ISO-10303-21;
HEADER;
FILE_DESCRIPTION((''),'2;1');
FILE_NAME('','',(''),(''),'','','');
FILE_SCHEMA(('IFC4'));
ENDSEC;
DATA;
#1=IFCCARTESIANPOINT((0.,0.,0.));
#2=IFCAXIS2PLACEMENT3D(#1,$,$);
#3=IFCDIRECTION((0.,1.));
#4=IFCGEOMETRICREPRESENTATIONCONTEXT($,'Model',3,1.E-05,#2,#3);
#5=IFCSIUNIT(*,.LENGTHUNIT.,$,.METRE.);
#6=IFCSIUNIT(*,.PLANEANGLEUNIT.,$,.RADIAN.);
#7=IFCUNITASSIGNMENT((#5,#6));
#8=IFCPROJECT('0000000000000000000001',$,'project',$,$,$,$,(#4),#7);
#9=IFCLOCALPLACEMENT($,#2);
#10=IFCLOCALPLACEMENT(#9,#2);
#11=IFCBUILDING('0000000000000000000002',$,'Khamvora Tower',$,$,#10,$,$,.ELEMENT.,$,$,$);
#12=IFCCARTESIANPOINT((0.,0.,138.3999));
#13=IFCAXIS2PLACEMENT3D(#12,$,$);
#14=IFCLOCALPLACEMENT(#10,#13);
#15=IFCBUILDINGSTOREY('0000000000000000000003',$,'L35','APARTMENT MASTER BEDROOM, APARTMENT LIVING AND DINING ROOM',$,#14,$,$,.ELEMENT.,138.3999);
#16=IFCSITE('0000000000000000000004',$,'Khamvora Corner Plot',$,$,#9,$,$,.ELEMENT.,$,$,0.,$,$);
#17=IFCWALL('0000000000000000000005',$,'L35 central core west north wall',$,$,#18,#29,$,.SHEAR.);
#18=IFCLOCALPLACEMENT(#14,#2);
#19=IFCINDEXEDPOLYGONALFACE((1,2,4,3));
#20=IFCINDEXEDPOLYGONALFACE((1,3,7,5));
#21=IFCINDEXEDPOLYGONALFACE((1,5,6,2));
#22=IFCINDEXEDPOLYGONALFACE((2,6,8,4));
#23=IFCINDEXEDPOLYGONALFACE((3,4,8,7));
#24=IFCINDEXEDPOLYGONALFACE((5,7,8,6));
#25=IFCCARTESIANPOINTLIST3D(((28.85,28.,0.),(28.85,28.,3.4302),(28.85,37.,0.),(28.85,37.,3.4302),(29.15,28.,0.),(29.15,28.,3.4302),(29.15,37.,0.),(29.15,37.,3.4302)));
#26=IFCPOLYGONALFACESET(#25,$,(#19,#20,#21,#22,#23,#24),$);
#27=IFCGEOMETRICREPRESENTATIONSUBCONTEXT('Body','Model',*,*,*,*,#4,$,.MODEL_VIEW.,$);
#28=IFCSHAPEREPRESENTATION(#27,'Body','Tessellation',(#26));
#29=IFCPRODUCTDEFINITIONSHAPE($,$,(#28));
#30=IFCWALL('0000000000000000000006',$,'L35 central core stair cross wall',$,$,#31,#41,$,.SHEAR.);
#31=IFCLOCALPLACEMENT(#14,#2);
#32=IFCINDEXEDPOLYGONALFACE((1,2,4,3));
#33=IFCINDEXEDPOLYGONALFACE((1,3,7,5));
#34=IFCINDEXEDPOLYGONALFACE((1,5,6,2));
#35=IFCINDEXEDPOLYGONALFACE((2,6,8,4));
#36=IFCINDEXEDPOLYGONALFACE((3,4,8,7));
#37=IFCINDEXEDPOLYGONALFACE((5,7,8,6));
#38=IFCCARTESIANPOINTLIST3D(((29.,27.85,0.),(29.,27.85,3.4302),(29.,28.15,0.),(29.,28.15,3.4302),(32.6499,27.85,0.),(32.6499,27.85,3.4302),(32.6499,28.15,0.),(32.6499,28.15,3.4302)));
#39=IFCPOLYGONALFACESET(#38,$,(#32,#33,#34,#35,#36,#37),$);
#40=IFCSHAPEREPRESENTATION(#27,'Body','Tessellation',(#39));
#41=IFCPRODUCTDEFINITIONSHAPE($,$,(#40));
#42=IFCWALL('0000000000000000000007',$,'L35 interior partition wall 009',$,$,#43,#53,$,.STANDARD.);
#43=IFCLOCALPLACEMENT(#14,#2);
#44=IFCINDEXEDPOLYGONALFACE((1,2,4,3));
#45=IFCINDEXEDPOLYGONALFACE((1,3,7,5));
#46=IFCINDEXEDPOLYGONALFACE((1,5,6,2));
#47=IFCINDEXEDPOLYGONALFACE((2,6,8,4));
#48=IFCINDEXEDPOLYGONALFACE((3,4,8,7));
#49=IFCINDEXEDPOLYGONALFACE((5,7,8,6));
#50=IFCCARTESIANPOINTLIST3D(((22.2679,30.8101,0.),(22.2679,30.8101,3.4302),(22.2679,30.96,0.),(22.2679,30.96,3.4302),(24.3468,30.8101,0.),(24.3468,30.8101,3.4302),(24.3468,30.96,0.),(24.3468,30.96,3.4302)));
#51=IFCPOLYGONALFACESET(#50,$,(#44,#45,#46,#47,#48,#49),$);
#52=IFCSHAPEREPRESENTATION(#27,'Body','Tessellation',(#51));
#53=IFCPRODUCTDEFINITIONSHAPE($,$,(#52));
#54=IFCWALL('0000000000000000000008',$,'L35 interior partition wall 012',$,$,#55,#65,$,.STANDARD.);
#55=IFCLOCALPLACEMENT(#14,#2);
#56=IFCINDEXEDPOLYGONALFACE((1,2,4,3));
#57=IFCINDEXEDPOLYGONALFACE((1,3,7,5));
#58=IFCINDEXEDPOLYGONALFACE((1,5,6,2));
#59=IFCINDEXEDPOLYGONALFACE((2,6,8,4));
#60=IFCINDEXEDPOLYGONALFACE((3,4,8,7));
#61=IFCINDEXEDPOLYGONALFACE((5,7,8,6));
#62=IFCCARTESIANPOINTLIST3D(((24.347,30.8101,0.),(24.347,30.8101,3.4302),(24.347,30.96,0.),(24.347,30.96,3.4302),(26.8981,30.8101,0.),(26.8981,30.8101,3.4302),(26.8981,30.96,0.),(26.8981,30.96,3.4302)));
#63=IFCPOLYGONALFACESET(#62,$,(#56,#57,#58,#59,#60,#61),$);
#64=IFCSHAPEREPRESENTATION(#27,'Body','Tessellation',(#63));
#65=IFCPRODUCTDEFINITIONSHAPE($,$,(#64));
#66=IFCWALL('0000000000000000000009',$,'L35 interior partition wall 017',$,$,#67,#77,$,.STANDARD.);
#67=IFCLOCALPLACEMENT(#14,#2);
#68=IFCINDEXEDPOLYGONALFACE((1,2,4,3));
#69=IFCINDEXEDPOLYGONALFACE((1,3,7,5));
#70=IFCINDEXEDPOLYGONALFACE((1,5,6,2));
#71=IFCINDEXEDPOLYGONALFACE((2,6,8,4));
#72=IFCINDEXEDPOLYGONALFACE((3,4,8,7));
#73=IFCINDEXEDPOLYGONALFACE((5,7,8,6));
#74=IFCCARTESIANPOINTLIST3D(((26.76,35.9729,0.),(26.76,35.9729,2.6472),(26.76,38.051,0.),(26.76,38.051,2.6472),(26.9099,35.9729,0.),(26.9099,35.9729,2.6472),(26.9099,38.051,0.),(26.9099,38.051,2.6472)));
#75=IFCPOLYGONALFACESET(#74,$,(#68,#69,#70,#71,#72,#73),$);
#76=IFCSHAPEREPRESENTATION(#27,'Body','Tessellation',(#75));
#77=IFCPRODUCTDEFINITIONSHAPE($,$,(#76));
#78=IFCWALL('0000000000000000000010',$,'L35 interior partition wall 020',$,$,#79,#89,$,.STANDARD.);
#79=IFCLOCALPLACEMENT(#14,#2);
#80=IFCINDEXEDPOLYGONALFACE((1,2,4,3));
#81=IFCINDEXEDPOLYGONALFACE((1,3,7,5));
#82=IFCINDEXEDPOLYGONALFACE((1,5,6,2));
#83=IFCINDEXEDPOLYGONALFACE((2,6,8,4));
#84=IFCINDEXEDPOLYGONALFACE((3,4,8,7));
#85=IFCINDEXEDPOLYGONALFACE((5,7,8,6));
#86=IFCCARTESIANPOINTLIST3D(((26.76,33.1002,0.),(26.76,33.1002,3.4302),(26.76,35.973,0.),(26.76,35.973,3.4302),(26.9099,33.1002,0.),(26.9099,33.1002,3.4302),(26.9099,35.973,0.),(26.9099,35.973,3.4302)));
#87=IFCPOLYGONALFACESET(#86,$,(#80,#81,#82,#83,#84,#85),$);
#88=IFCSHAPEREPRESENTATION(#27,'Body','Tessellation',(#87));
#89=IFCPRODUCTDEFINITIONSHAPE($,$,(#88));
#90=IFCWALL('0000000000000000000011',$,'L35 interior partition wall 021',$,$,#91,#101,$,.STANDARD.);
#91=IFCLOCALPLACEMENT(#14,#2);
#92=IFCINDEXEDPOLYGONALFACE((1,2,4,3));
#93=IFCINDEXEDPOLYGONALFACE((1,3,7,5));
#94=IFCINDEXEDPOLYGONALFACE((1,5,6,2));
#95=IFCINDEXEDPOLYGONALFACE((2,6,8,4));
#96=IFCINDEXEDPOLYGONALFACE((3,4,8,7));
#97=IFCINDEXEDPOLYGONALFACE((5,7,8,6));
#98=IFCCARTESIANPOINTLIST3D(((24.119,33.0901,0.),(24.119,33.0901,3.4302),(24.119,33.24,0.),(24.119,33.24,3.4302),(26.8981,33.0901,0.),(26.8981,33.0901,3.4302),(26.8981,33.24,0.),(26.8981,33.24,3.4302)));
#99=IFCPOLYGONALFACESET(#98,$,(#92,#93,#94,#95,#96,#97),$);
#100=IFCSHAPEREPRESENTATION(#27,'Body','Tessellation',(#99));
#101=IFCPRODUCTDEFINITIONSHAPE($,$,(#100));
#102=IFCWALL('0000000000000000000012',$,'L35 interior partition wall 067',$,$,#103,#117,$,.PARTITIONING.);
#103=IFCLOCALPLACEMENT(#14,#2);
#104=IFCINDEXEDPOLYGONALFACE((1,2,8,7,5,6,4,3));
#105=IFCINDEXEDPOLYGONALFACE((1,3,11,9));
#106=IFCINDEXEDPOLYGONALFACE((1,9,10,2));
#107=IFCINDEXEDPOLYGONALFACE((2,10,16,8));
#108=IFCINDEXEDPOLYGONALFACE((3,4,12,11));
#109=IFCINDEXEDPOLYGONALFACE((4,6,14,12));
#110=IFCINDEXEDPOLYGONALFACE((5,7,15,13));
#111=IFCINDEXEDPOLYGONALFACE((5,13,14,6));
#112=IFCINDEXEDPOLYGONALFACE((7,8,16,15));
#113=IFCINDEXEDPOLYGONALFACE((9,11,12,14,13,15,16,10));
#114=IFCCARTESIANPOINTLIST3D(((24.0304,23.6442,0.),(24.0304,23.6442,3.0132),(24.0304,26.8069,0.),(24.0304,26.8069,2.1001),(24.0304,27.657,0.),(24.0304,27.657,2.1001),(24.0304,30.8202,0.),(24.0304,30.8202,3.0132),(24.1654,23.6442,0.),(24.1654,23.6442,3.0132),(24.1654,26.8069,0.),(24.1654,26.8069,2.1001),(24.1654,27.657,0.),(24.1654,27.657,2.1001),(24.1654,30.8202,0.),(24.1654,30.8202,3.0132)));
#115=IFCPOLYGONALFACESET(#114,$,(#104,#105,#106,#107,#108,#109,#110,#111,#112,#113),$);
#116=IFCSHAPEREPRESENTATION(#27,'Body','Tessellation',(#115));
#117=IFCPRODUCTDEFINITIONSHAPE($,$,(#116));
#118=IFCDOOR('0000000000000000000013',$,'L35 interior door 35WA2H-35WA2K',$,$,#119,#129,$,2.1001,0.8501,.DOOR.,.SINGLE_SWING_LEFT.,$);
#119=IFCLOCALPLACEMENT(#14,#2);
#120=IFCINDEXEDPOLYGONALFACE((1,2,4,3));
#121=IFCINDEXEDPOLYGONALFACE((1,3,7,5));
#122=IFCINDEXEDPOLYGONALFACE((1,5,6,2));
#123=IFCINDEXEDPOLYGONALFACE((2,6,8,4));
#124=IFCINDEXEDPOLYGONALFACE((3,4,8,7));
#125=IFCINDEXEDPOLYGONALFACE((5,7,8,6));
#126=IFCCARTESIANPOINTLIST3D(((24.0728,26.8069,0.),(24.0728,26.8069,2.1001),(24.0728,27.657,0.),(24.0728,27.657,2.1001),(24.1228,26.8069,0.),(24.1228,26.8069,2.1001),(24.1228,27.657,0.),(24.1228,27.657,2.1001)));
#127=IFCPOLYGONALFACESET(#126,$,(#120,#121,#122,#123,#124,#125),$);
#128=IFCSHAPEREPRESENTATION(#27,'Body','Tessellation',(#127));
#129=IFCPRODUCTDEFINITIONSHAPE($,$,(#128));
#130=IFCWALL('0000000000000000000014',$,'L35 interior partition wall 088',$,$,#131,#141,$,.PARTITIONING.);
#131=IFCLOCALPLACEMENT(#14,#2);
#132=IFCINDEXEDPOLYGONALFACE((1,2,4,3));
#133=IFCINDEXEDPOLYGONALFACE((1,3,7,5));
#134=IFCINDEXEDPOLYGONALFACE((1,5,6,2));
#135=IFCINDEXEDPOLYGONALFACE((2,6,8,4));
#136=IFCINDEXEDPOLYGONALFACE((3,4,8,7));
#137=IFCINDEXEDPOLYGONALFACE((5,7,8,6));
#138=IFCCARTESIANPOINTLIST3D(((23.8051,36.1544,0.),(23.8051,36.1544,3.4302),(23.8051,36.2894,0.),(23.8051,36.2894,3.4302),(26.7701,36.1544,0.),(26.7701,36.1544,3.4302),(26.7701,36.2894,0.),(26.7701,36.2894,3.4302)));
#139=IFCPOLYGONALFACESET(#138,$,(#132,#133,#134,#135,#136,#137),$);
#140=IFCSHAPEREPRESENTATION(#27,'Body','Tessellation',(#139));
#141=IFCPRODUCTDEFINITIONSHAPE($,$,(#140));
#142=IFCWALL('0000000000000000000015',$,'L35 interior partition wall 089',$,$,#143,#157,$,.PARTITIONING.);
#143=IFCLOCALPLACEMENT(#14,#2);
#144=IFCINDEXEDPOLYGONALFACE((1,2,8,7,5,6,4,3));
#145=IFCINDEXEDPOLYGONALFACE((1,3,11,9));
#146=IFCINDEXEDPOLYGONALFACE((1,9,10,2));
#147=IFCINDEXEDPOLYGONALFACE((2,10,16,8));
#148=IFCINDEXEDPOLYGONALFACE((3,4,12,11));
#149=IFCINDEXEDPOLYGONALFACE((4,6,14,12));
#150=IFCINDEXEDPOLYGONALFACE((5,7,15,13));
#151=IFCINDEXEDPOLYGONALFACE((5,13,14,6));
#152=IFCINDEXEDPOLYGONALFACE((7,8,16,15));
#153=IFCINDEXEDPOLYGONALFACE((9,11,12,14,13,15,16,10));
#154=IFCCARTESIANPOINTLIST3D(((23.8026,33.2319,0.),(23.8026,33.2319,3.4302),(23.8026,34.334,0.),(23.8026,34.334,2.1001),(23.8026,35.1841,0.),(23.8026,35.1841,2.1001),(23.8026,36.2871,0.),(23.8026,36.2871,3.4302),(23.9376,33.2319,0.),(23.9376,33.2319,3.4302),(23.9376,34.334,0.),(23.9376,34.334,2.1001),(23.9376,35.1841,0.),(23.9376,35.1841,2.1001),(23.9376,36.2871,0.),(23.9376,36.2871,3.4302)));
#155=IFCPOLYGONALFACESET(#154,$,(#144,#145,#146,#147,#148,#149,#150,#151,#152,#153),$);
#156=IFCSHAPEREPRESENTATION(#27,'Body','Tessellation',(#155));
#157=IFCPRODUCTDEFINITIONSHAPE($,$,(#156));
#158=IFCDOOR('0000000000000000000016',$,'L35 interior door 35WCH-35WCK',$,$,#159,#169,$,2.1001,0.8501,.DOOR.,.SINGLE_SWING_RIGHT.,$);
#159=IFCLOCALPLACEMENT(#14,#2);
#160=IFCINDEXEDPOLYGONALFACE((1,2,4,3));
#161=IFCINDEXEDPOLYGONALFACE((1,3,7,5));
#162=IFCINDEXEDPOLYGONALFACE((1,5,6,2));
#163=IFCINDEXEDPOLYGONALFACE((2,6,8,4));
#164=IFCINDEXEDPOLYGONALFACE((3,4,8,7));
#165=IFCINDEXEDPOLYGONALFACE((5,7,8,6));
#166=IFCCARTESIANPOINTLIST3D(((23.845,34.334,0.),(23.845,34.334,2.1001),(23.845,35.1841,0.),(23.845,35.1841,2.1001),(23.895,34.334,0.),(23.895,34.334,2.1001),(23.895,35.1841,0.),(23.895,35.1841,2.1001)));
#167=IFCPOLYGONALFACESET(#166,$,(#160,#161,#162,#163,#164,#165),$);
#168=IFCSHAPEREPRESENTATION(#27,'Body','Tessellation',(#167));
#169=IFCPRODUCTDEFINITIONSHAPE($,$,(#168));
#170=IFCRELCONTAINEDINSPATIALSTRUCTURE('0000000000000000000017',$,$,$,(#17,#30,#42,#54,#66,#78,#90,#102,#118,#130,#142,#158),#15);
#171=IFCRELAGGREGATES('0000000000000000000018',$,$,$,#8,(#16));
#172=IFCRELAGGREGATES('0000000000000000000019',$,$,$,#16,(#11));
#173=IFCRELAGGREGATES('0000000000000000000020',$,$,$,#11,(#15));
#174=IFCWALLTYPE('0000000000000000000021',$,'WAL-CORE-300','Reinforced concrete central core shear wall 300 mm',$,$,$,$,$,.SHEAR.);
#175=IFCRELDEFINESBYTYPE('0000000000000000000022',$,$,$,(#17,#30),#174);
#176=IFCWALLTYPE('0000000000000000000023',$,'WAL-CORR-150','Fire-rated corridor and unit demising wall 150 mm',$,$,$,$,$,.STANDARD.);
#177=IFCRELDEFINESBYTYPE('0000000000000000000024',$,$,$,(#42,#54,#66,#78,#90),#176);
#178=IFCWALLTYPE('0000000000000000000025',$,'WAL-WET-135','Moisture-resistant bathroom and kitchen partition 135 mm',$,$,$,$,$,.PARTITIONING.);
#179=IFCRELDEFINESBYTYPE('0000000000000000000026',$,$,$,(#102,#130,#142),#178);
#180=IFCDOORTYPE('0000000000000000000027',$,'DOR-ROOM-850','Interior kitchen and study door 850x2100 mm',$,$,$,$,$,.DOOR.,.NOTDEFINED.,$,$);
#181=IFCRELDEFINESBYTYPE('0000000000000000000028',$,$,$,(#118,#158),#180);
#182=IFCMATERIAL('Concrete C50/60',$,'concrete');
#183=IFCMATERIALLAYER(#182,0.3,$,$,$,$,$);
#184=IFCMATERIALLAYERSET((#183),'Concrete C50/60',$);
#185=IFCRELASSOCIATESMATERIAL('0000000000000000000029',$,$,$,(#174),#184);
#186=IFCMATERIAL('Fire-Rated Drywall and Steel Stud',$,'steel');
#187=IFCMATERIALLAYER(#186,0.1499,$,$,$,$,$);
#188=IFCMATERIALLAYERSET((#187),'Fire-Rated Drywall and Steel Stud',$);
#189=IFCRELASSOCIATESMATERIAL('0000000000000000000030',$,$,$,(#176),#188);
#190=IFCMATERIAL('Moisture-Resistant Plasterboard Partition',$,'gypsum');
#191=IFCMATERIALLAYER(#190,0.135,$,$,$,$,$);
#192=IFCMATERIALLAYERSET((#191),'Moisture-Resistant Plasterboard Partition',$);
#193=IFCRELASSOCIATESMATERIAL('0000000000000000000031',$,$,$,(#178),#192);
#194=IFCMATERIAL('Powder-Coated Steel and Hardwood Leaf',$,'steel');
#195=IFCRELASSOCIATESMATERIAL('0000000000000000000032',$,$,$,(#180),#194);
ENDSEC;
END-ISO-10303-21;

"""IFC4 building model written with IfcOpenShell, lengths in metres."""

from ifc_helpers import new_model, si_unit, direction, frame, frame_2d, origin, place, context, subcontext, project, spatial, rectangle, extrude, material, layer, layer_set, type_object, element, fill, save


model = new_model("IFC4")

# Units and contexts
model_context = context("Model", 3, precision=1e-05, world=origin(), true_north=direction((0.0, 1.0)))
body_context = subcontext(model_context, "Body", "Model", "MODEL_VIEW")
ifc_project = project(units=[si_unit("LENGTHUNIT", "METRE"), si_unit("PLANEANGLEUNIT", "RADIAN")], contexts=[model_context])

# Site, building, storey
site_placement = place(None, origin())
site = spatial("IfcSite", under=ifc_project, at=site_placement, Name="Khamvora Corner Plot", CompositionType="ELEMENT", RefElevation=0.0)
building_placement = place(site_placement, origin())
building = spatial("IfcBuilding", under=site, at=building_placement, Name="Khamvora Tower", CompositionType="ELEMENT")
storey_placement = place(building_placement, frame((0.0, 0.0, 138.3999)))
storey = spatial("IfcBuildingStorey", under=building, at=storey_placement, Name="L35", Description="APARTMENT MASTER BEDROOM, APARTMENT LIVING AND DINING ROOM", CompositionType="ELEMENT", Elevation=138.3999)

# Walls
ifc_material_1 = material(Name="Concrete C50/60", Category="concrete")
ifc_layer_1 = layer(ifc_material_1, 0.3)
ifc_layer_set_1 = layer_set([ifc_layer_1], Name="Concrete C50/60")
wall_type_1 = type_object("IfcWallType", Name="WAL-CORE-300", Description="Reinforced concrete central core shear wall 300 mm", PredefinedType="SHEAR", material=ifc_layer_set_1)
wall_1_placement = place(storey_placement, frame((29.0, 28.0, 0.0), z_axis=(0.0, 0.0, 1.0), x_axis=(0.0, 1.0, 0.0)))
element("IfcWall", 1, at=wall_1_placement, inside=storey, type_object=wall_type_1, Name="L35 central core west north wall", PredefinedType="SHEAR", context=body_context, shape_type="SweptSolid", body=[
    extrude(rectangle(XDim=9.0, YDim=0.3, at=frame_2d((4.5, 0.0))), origin(), (0.0, 0.0, 1.0), 3.4302),
])
wall_2_placement = place(storey_placement, frame((29.0, 28.0, 0.0), z_axis=(0.0, 0.0, 1.0), x_axis=(1.0, 0.0, 0.0)))
element("IfcWall", 2, at=wall_2_placement, inside=storey, type_object=wall_type_1, Name="L35 central core stair cross wall", PredefinedType="SHEAR", context=body_context, shape_type="SweptSolid", body=[
    extrude(rectangle(XDim=3.6499, YDim=0.3, at=frame_2d((1.825, 0.0))), origin(), (0.0, 0.0, 1.0), 3.4302),
])
ifc_material_2 = material(Name="Fire-Rated Drywall and Steel Stud", Category="steel")
ifc_layer_2 = layer(ifc_material_2, 0.1499)
ifc_layer_set_2 = layer_set([ifc_layer_2], Name="Fire-Rated Drywall and Steel Stud")
wall_type_2 = type_object("IfcWallType", Name="WAL-CORR-150", Description="Fire-rated corridor and unit demising wall 150 mm", PredefinedType="STANDARD", material=ifc_layer_set_2)
wall_3_placement = place(storey_placement, frame((24.3469, 30.885, 0.0), z_axis=(0.0, 0.0, 1.0), x_axis=(-1.0, 0.0, 0.0)))
element("IfcWall", 3, at=wall_3_placement, inside=storey, type_object=wall_type_2, Name="L35 interior partition wall 009", PredefinedType="STANDARD", context=body_context, shape_type="SweptSolid", body=[
    extrude(rectangle(XDim=2.0789, YDim=0.1499, at=frame_2d((1.0396, 0.0))), origin(), (0.0, 0.0, 1.0), 3.4302),
])
wall_4_placement = place(storey_placement, frame((26.8979, 30.885, 0.0), z_axis=(0.0, 0.0, 1.0), x_axis=(-1.0, 0.0, 0.0)))
element("IfcWall", 4, at=wall_4_placement, inside=storey, type_object=wall_type_2, Name="L35 interior partition wall 012", PredefinedType="STANDARD", context=body_context, shape_type="SweptSolid", body=[
    extrude(rectangle(XDim=2.551, YDim=0.1499, at=frame_2d((1.2754, 0.0))), origin(), (0.0, 0.0, 1.0), 3.4302),
])
wall_5_placement = place(storey_placement, frame((26.835, 35.9729, 0.0), z_axis=(0.0, 0.0, 1.0), x_axis=(0.0, 1.0, 0.0)))
element("IfcWall", 5, at=wall_5_placement, inside=storey, type_object=wall_type_2, Name="L35 interior partition wall 017", PredefinedType="STANDARD", context=body_context, shape_type="SweptSolid", body=[
    extrude(rectangle(XDim=2.0781, YDim=0.1499, at=frame_2d((1.0391, 0.0))), origin(), (0.0, 0.0, 1.0), 2.6472),
])
wall_6_placement = place(storey_placement, frame((26.835, 33.1001, 0.0), z_axis=(0.0, 0.0, 1.0), x_axis=(0.0, 1.0, 0.0)))
element("IfcWall", 6, at=wall_6_placement, inside=storey, type_object=wall_type_2, Name="L35 interior partition wall 020", PredefinedType="STANDARD", context=body_context, shape_type="SweptSolid", body=[
    extrude(rectangle(XDim=2.8728, YDim=0.1499, at=frame_2d((1.4365, 0.0))), origin(), (0.0, 0.0, 1.0), 3.4302),
])
wall_7_placement = place(storey_placement, frame((24.1189, 33.165, 0.0), z_axis=(0.0, 0.0, 1.0), x_axis=(1.0, 0.0, 0.0)))
element("IfcWall", 7, at=wall_7_placement, inside=storey, type_object=wall_type_2, Name="L35 interior partition wall 021", PredefinedType="STANDARD", context=body_context, shape_type="SweptSolid", body=[
    extrude(rectangle(XDim=2.7791, YDim=0.1499, at=frame_2d((1.3896, 0.0))), origin(), (0.0, 0.0, 1.0), 3.4302),
])

# Wall, opening, door
ifc_material_3 = material(Name="Moisture-Resistant Plasterboard Partition", Category="gypsum")
ifc_layer_3 = layer(ifc_material_3, 0.135)
ifc_layer_set_3 = layer_set([ifc_layer_3], Name="Moisture-Resistant Plasterboard Partition")
wall_type_3 = type_object("IfcWallType", Name="WAL-WET-135", Description="Moisture-resistant bathroom and kitchen partition 135 mm", PredefinedType="PARTITIONING", material=ifc_layer_set_3)
wall_8_placement = place(storey_placement, frame((24.0979, 30.8201, 0.0), z_axis=(0.0, 0.0, 1.0), x_axis=(0.0, -1.0, 0.0)))
wall_8 = element("IfcWall", 8, at=wall_8_placement, inside=storey, type_object=wall_type_3, Name="L35 interior partition wall 067", PredefinedType="PARTITIONING", context=body_context, shape_type="SweptSolid", body=[
    extrude(rectangle(XDim=7.176, YDim=0.135, at=frame_2d((3.5879, 0.0))), origin(), (0.0, 0.0, 1.0), 3.0132),
])
opening_1_placement = place(wall_8_placement, frame((3.1631, 0.0, 0.0)))
opening_1 = element("IfcOpeningElement", 9, at=opening_1_placement, cuts=wall_8, PredefinedType="OPENING", context=body_context, shape_type="SweptSolid", body=[
    extrude(rectangle(XDim=0.8501, YDim=2.1001, at=frame_2d((0.425, 1.05))), frame((0.0, 0.0774, 0.0), z_axis=(0.0, -1.0, 0.0), x_axis=(1.0, 0.0, 0.0)), (0.0, 0.0, 1.0), 0.155),
])
ifc_material_4 = material(Name="Powder-Coated Steel and Hardwood Leaf", Category="steel")
door_type = type_object("IfcDoorType", Name="DOR-ROOM-850", Description="Interior kitchen and study door 850x2100 mm", OperationType="NOTDEFINED", PredefinedType="DOOR", material=ifc_material_4)
door_1_placement = place(opening_1_placement, origin())
door_1 = element("IfcDoor", 10, at=door_1_placement, inside=storey, type_object=door_type, Name="L35 interior door 35WA2H-35WA2K", OperationType="SINGLE_SWING_LEFT", OverallHeight=2.1001, OverallWidth=0.8501, PredefinedType="DOOR", context=body_context, shape_type="SweptSolid", body=[
    extrude(rectangle(XDim=0.8501, YDim=2.1001, at=frame_2d((0.425, 1.05))), frame((0.0, 0.0249, 0.0), z_axis=(0.0, -1.0, 0.0), x_axis=(1.0, 0.0, 0.0)), (0.0, 0.0, 1.0), 0.05),
])
fill(opening_1, door_1)

# Wall
wall_9_placement = place(storey_placement, frame((26.77, 36.2219, 0.0), z_axis=(0.0, 0.0, 1.0), x_axis=(-1.0, 0.0, 0.0)))
element("IfcWall", 11, at=wall_9_placement, inside=storey, type_object=wall_type_3, Name="L35 interior partition wall 088", PredefinedType="PARTITIONING", context=body_context, shape_type="SweptSolid", body=[
    extrude(rectangle(XDim=2.9651, YDim=0.135, at=frame_2d((1.4824, 0.0))), origin(), (0.0, 0.0, 1.0), 3.4302),
])

# Wall, opening, door
wall_10_placement = place(storey_placement, frame((23.8701, 36.2871, 0.0), z_axis=(0.0, 0.0, 1.0), x_axis=(0.0, -1.0, 0.0)))
wall_10 = element("IfcWall", 12, at=wall_10_placement, inside=storey, type_object=wall_type_3, Name="L35 interior partition wall 089", PredefinedType="PARTITIONING", context=body_context, shape_type="SweptSolid", body=[
    extrude(rectangle(XDim=3.0552, YDim=0.135, at=frame_2d((1.5276, 0.0))), origin(), (0.0, 0.0, 1.0), 3.4302),
])
opening_2_placement = place(wall_10_placement, frame((1.103, 0.0, 0.0)))
opening_2 = element("IfcOpeningElement", 13, at=opening_2_placement, cuts=wall_10, PredefinedType="OPENING", context=body_context, shape_type="SweptSolid", body=[
    extrude(rectangle(XDim=0.8501, YDim=2.1001, at=frame_2d((0.425, 1.05))), frame((0.0, 0.0774, 0.0), z_axis=(0.0, -1.0, 0.0), x_axis=(1.0, 0.0, 0.0)), (0.0, 0.0, 1.0), 0.155),
])
door_2_placement = place(opening_2_placement, origin())
door_2 = element("IfcDoor", 14, at=door_2_placement, inside=storey, type_object=door_type, Name="L35 interior door 35WCH-35WCK", OperationType="SINGLE_SWING_RIGHT", OverallHeight=2.1001, OverallWidth=0.8501, PredefinedType="DOOR", context=body_context, shape_type="SweptSolid", body=[
    extrude(rectangle(XDim=0.8501, YDim=2.1001, at=frame_2d((0.425, 1.05))), frame((0.0, 0.0249, 0.0), z_axis=(0.0, -1.0, 0.0), x_axis=(1.0, 0.0, 0.0)), (0.0, 0.0, 1.0), 0.05),
])
fill(opening_2, door_2)

save(model, "model.ifc")
